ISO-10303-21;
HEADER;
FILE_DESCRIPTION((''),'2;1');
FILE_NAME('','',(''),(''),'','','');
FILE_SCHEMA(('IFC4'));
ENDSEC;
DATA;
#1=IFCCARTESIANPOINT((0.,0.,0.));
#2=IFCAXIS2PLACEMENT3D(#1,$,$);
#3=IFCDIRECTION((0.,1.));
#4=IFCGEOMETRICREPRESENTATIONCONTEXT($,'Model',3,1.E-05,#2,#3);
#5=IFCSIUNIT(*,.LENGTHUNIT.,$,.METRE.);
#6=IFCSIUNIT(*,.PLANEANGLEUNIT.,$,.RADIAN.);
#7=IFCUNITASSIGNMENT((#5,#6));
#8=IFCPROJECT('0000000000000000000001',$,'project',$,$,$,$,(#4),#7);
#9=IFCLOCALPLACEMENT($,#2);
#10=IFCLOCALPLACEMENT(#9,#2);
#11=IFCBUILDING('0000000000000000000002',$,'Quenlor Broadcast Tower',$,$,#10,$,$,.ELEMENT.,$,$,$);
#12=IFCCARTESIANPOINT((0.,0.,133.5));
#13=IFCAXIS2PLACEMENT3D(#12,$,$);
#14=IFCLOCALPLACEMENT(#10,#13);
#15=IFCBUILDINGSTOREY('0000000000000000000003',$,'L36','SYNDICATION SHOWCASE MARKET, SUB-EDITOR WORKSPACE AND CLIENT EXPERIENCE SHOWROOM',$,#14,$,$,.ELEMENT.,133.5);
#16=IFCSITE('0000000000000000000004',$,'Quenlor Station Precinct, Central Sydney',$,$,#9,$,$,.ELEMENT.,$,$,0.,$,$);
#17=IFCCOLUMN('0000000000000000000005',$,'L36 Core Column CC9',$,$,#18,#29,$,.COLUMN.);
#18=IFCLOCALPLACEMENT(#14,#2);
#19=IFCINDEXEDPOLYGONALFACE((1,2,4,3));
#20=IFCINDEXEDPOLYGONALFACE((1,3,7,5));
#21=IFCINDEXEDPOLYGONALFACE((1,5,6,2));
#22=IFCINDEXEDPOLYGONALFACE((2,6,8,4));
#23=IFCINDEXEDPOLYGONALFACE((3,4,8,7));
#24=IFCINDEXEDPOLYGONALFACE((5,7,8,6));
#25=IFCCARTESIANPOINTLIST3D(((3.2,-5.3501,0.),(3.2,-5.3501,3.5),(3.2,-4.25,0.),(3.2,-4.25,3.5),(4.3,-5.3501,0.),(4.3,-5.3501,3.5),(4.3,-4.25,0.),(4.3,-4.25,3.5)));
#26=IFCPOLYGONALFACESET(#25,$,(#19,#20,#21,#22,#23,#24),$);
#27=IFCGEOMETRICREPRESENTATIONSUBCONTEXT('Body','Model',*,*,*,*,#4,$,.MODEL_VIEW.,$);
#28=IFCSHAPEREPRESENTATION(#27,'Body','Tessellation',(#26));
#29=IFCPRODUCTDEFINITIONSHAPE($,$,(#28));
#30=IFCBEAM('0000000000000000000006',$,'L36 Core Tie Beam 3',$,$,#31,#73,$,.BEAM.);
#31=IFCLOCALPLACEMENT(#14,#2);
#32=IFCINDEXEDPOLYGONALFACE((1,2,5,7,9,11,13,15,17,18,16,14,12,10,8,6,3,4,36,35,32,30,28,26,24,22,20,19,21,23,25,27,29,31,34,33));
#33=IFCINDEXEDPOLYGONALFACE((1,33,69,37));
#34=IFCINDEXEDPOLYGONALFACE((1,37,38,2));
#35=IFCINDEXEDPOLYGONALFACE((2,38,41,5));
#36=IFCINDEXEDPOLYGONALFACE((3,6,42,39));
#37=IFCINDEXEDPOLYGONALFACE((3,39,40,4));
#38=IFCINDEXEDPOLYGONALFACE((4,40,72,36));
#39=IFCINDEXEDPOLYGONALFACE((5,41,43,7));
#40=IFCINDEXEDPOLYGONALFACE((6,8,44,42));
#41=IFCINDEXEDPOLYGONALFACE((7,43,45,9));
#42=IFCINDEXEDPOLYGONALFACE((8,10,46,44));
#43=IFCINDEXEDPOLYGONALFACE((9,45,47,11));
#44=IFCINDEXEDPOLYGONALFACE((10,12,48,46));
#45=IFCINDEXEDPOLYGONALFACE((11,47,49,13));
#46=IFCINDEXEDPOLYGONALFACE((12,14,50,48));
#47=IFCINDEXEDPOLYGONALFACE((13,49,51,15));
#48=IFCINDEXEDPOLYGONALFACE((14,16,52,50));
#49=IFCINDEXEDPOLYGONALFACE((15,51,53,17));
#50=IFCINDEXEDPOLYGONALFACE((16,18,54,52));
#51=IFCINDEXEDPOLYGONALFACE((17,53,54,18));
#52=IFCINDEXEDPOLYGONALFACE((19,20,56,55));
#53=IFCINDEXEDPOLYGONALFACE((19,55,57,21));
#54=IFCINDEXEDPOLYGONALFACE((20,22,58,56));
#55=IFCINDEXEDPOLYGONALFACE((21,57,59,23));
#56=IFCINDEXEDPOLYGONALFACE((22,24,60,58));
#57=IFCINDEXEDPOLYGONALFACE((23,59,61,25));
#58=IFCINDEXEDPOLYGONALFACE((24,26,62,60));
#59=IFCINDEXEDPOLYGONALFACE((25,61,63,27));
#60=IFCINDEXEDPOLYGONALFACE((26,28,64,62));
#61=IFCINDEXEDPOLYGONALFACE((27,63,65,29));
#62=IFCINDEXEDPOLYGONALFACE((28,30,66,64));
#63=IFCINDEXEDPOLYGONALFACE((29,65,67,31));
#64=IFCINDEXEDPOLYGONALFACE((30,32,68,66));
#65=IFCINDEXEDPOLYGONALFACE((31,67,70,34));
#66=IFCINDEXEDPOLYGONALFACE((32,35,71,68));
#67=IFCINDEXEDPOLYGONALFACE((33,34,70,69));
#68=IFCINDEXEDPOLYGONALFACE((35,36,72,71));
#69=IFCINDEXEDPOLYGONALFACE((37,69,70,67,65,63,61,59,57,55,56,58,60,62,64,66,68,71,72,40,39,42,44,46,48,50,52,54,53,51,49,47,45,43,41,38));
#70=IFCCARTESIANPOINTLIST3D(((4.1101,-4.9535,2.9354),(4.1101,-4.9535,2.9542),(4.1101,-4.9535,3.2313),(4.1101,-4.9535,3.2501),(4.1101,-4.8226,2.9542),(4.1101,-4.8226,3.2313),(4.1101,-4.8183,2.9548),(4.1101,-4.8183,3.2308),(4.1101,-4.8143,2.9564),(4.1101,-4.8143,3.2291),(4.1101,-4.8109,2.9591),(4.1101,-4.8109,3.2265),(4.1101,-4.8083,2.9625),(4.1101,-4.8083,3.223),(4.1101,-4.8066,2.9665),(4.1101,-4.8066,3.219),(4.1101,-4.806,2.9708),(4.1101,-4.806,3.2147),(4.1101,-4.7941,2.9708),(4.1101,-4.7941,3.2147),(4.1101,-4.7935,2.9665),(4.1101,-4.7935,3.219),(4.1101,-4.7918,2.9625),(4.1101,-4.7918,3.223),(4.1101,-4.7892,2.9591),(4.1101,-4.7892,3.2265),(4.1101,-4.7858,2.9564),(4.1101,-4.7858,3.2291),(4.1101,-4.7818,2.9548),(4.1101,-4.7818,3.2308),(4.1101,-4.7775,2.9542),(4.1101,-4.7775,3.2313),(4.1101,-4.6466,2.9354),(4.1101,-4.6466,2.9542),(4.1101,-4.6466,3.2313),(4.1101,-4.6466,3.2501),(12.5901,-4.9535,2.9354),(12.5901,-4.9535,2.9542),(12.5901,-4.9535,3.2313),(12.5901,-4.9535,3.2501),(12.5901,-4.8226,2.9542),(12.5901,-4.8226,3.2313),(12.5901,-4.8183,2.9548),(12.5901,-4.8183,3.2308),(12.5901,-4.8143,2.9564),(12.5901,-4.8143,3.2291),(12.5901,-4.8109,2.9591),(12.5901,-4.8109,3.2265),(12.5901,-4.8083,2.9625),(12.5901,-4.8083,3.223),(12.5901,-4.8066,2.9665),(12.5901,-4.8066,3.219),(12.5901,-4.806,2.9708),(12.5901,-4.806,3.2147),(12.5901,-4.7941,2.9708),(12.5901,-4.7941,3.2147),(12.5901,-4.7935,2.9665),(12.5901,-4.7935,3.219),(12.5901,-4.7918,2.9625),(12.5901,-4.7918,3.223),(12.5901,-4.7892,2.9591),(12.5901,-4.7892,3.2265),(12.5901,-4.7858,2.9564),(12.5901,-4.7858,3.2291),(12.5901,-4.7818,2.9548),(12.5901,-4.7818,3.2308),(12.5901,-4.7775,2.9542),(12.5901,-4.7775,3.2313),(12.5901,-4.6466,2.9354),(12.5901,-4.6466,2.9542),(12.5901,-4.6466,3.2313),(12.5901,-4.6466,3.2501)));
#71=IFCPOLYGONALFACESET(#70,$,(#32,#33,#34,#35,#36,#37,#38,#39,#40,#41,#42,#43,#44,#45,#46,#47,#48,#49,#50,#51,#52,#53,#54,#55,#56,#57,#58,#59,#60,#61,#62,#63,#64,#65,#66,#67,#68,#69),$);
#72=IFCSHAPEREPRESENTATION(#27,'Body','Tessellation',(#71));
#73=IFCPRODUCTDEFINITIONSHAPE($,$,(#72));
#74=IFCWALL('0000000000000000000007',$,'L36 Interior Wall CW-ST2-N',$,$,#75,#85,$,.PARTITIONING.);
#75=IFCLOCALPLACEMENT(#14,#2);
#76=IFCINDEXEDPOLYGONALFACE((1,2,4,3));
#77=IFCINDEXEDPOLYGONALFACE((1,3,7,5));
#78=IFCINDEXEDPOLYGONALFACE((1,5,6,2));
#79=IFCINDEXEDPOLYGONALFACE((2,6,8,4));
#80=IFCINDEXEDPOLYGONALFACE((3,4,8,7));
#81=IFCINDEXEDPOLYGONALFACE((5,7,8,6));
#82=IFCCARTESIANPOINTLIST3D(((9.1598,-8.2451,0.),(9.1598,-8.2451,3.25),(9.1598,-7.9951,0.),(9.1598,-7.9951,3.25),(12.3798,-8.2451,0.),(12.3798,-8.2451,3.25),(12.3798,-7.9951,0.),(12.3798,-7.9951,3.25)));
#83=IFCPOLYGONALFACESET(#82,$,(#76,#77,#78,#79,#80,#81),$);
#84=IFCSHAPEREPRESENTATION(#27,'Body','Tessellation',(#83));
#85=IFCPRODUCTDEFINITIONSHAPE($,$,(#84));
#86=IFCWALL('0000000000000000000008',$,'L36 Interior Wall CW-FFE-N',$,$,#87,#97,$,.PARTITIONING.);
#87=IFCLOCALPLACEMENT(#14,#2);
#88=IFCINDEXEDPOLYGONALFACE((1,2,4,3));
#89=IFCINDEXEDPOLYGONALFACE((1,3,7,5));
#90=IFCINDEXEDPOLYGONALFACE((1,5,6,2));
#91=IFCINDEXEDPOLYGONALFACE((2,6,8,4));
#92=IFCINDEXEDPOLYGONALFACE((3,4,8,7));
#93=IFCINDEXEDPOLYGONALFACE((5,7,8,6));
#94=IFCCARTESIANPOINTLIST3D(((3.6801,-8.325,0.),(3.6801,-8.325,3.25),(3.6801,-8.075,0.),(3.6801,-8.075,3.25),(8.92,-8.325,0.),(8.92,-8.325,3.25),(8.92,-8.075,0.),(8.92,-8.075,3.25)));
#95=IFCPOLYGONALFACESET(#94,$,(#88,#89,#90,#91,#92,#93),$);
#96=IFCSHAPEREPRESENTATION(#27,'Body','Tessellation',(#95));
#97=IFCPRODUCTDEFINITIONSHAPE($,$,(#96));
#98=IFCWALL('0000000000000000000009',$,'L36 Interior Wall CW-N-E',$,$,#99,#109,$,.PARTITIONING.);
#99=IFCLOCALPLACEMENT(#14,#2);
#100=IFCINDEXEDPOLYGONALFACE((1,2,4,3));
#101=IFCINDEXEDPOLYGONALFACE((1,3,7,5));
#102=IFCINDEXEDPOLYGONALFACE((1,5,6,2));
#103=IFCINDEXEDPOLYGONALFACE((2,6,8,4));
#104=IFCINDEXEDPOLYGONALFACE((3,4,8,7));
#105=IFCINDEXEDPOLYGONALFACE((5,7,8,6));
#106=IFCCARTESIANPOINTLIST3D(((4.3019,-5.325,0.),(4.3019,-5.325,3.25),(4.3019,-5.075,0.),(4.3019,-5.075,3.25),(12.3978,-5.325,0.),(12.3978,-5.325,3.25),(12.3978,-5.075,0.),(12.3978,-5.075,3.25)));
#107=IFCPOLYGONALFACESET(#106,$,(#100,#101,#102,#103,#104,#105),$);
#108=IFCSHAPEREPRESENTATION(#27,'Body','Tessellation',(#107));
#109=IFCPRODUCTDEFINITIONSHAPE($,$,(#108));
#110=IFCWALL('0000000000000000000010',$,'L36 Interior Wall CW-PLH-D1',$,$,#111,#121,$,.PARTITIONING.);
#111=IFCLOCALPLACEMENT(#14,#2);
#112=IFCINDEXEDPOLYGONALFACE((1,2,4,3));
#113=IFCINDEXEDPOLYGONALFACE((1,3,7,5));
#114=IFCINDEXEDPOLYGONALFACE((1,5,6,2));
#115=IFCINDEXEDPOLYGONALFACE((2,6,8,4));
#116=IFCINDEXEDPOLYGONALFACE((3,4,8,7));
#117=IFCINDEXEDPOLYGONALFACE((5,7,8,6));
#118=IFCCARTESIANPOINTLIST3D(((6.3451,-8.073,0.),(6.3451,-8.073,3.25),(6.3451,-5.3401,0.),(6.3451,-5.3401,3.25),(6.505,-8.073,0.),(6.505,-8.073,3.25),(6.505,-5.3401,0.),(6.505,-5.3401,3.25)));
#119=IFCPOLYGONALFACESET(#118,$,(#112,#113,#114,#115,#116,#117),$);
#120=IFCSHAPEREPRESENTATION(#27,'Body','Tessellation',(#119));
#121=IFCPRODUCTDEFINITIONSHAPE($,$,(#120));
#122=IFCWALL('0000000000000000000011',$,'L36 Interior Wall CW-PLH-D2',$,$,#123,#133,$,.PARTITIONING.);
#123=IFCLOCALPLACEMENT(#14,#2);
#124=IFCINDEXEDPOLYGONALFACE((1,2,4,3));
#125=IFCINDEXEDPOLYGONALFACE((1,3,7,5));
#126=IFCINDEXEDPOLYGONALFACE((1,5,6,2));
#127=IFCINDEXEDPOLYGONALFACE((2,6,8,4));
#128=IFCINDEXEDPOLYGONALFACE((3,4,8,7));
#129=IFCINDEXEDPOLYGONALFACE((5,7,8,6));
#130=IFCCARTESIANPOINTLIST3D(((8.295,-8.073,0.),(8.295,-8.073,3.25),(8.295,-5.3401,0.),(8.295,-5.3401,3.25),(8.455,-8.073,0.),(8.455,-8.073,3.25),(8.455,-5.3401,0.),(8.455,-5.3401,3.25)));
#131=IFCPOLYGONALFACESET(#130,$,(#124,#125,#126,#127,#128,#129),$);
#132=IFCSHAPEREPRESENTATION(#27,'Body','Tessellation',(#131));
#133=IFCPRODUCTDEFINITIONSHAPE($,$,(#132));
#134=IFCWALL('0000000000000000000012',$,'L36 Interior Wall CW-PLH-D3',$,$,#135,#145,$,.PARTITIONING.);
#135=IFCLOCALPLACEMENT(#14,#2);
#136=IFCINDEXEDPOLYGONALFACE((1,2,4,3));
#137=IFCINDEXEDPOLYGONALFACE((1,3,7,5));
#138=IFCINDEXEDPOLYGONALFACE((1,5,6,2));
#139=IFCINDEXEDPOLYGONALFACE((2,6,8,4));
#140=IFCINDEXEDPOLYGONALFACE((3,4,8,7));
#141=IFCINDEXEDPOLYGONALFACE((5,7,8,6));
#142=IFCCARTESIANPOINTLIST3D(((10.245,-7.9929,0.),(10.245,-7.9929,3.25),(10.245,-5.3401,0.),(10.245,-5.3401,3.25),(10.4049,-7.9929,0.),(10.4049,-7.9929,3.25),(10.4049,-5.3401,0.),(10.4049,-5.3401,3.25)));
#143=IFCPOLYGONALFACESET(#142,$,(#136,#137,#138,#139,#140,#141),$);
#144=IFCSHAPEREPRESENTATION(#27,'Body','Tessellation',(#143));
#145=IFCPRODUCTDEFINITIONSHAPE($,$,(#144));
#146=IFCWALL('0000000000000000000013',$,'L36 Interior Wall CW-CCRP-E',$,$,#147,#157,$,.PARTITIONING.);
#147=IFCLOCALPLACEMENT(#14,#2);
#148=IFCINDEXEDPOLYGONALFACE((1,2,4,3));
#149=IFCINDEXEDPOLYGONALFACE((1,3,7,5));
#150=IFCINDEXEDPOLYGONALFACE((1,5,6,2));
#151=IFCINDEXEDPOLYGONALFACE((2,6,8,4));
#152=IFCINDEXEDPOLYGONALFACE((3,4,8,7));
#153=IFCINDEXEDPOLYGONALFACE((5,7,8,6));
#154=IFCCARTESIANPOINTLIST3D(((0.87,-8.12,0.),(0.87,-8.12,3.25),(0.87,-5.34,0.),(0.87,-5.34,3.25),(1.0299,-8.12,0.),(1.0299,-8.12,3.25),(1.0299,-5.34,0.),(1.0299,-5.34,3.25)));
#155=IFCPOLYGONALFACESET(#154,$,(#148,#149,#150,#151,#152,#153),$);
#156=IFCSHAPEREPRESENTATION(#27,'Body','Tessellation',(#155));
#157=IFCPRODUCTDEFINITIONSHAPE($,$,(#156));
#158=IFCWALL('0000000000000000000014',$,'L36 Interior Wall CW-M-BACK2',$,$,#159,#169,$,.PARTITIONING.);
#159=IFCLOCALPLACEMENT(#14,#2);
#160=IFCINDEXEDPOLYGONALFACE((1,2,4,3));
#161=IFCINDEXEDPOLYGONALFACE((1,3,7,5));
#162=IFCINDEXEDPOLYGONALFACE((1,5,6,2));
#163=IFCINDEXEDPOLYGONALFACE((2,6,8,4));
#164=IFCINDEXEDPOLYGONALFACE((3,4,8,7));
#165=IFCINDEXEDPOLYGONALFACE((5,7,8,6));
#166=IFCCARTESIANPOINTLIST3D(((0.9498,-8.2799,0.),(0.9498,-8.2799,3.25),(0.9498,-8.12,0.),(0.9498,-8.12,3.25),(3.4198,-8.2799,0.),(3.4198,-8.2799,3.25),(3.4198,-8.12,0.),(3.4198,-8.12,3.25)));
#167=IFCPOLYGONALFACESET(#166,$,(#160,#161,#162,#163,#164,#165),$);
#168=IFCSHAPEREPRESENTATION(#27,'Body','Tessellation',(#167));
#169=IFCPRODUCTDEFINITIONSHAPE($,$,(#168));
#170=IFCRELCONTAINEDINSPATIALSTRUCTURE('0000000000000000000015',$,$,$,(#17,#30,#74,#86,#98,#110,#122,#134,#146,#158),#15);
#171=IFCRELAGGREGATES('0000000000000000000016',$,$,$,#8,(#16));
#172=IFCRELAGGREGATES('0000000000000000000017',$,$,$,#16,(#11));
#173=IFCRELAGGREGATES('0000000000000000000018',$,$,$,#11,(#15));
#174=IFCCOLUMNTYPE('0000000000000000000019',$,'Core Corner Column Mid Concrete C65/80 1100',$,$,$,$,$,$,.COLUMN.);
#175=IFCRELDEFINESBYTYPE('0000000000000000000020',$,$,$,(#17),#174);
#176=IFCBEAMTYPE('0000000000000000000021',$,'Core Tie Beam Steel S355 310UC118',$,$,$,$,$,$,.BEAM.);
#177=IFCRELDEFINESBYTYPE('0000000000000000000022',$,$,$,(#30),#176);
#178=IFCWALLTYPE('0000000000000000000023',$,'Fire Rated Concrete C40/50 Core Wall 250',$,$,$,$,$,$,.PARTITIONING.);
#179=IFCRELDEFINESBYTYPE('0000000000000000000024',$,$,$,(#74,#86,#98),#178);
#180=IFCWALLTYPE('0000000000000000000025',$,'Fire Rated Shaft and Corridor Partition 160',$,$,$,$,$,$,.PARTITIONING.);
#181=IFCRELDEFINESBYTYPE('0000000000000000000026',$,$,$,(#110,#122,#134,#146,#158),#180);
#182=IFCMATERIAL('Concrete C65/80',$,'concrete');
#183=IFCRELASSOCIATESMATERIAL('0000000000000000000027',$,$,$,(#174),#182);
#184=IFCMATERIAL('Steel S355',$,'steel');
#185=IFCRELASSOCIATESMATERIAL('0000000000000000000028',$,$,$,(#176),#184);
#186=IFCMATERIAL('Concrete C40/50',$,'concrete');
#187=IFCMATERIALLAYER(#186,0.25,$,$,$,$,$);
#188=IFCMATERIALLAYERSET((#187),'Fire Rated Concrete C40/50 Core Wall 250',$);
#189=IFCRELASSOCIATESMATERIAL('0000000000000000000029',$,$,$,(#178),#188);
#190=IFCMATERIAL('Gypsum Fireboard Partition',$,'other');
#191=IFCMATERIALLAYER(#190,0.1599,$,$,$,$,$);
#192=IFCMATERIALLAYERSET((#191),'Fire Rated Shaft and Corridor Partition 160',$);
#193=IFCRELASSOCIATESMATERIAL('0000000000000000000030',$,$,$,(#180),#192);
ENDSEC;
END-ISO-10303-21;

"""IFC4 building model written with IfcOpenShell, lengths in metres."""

from ifc_helpers import new_model, si_unit, direction, frame, frame_2d, origin, origin_2d, place, context, subcontext, project, spatial, rectangle, i_section, extrude, material, layer, layer_set, material_profile, profile_set, type_object, element, save


model = new_model("IFC4")

# Units and contexts
model_context = context("Model", 3, precision=1e-05, world=origin(), true_north=direction((0.0, 1.0)))
body_context = subcontext(model_context, "Body", "Model", "MODEL_VIEW")
ifc_project = project(units=[si_unit("LENGTHUNIT", "METRE"), si_unit("PLANEANGLEUNIT", "RADIAN")], contexts=[model_context])

# Site, building, storey
site_placement = place(None, origin())
site = spatial("IfcSite", under=ifc_project, at=site_placement, Name="Quenlor Station Precinct, Central Sydney", CompositionType="ELEMENT", RefElevation=0.0)
building_placement = place(site_placement, origin())
building = spatial("IfcBuilding", under=site, at=building_placement, Name="Quenlor Broadcast Tower", CompositionType="ELEMENT")
storey_placement = place(building_placement, frame((0.0, 0.0, 133.5)))
storey = spatial("IfcBuildingStorey", under=building, at=storey_placement, Name="L36", Description="SYNDICATION SHOWCASE MARKET, SUB-EDITOR WORKSPACE AND CLIENT EXPERIENCE SHOWROOM", CompositionType="ELEMENT", Elevation=133.5)

# Column
ifc_material_1 = material(Name="Concrete C65/80", Category="concrete")
ifc_material_profile_1 = material_profile(ifc_material_1, rectangle(XDim=1.1001, YDim=1.1001, at=origin_2d()))
ifc_profile_set_1 = profile_set([ifc_material_profile_1], Name="Concrete C65/80 RC1100x1100")
column_type = type_object("IfcColumnType", Name="Core Corner Column Mid Concrete C65/80 1100", PredefinedType="COLUMN", material=ifc_profile_set_1)
column_placement = place(storey_placement, frame((3.75, -4.8, 0.0), z_axis=(0.0, 0.0, 1.0), x_axis=(1.0, 0.0, 0.0)))
element("IfcColumn", 1, at=column_placement, inside=storey, type_object=column_type, Name="L36 Core Column CC9", PredefinedType="COLUMN", context=body_context, shape_type="SweptSolid", body=[
    extrude(rectangle(XDim=1.1001, YDim=1.1001, at=origin_2d()), origin(), (0.0, 0.0, 1.0), 3.5),
])

# Beam
ifc_material_2 = material(Name="Steel S355", Category="steel")
ifc_material_profile_2 = material_profile(ifc_material_2, i_section(OverallWidth=0.3069, OverallDepth=0.3147, WebThickness=0.012, FlangeThickness=0.0188, FilletRadius=0.0166, at=origin_2d()))
ifc_profile_set_2 = profile_set([ifc_material_profile_2], Name="Steel S355 310UC118")
beam_type = type_object("IfcBeamType", Name="Core Tie Beam Steel S355 310UC118", PredefinedType="BEAM", material=ifc_profile_set_2)
beam_placement = place(storey_placement, frame((4.1101, -4.8, 3.0928), z_axis=(1.0, 0.0, 0.0), x_axis=(0.0, 1.0, 0.0)))
element("IfcBeam", 2, at=beam_placement, inside=storey, type_object=beam_type, Name="L36 Core Tie Beam 3", PredefinedType="BEAM", context=body_context, shape_type="SweptSolid", body=[
    extrude(i_section(OverallWidth=0.3069, OverallDepth=0.3147, WebThickness=0.012, FlangeThickness=0.0188, FilletRadius=0.0166, at=origin_2d()), origin(), (0.0, 0.0, 1.0), 8.48),
])

# Shared definitions
ifc_material_3 = material(Name="Concrete C40/50", Category="concrete")
ifc_layer_1 = layer(ifc_material_3, 0.25)
ifc_layer_set_1 = layer_set([ifc_layer_1], Name="Fire Rated Concrete C40/50 Core Wall 250")
wall_type_1 = type_object("IfcWallType", Name="Fire Rated Concrete C40/50 Core Wall 250", PredefinedType="PARTITIONING", material=ifc_layer_set_1)

# Walls
wall_1_placement = place(storey_placement, frame((9.1599, -8.1201, 0.0), z_axis=(0.0, 0.0, 1.0), x_axis=(1.0, 0.0, 0.0)))
element("IfcWall", 3, at=wall_1_placement, inside=storey, type_object=wall_type_1, Name="L36 Interior Wall CW-ST2-N", PredefinedType="PARTITIONING", context=body_context, shape_type="SweptSolid", body=[
    extrude(rectangle(XDim=3.22, YDim=0.25, at=frame_2d((1.6099, 0.0))), origin(), (0.0, 0.0, 1.0), 3.25),
])
wall_2_placement = place(storey_placement, frame((3.6799, -8.2, 0.0), z_axis=(0.0, 0.0, 1.0), x_axis=(1.0, 0.0, 0.0)))
element("IfcWall", 4, at=wall_2_placement, inside=storey, type_object=wall_type_1, Name="L36 Interior Wall CW-FFE-N", PredefinedType="PARTITIONING", context=body_context, shape_type="SweptSolid", body=[
    extrude(rectangle(XDim=5.24, YDim=0.25, at=frame_2d((2.6201, 0.0))), origin(), (0.0, 0.0, 1.0), 3.25),
])
wall_3_placement = place(storey_placement, frame((4.302, -5.2, 0.0), z_axis=(0.0, 0.0, 1.0), x_axis=(1.0, 0.0, 0.0)))
element("IfcWall", 5, at=wall_3_placement, inside=storey, type_object=wall_type_1, Name="L36 Interior Wall CW-N-E", PredefinedType="PARTITIONING", context=body_context, shape_type="SweptSolid", body=[
    extrude(rectangle(XDim=8.0959, YDim=0.25, at=frame_2d((4.0479, 0.0))), origin(), (0.0, 0.0, 1.0), 3.25),
])

# Walls
ifc_material_4 = material(Name="Gypsum Fireboard Partition", Category="other")
ifc_layer_2 = layer(ifc_material_4, 0.1599)
ifc_layer_set_2 = layer_set([ifc_layer_2], Name="Fire Rated Shaft and Corridor Partition 160")
wall_type_2 = type_object("IfcWallType", Name="Fire Rated Shaft and Corridor Partition 160", PredefinedType="PARTITIONING", material=ifc_layer_set_2)
for number, where, z_axis, x_axis, name in (
    (6, (6.425, -8.073, 0.0), (0.0, 0.0, 1.0), (0.0, 1.0, 0.0), "L36 Interior Wall CW-PLH-D1"),
    (7, (8.375, -8.073, 0.0), (0.0, 0.0, 1.0), (0.0, 1.0, 0.0), "L36 Interior Wall CW-PLH-D2"),
):
    element("IfcWall", number, at=place(storey_placement, frame(where, z_axis=z_axis, x_axis=x_axis)), inside=storey, type_object=wall_type_2, Name=name, PredefinedType="PARTITIONING", context=body_context, shape_type="SweptSolid", body=[
        extrude(rectangle(XDim=2.7329, YDim=0.1599, at=frame_2d((1.3665, 0.0))), origin(), (0.0, 0.0, 1.0), 3.25),
    ])
wall_4_placement = place(storey_placement, frame((10.325, -7.9929, 0.0), z_axis=(0.0, 0.0, 1.0), x_axis=(0.0, 1.0, 0.0)))
element("IfcWall", 8, at=wall_4_placement, inside=storey, type_object=wall_type_2, Name="L36 Interior Wall CW-PLH-D3", PredefinedType="PARTITIONING", context=body_context, shape_type="SweptSolid", body=[
    extrude(rectangle(XDim=2.6528, YDim=0.1599, at=frame_2d((1.3264, 0.0))), origin(), (0.0, 0.0, 1.0), 3.25),
])
wall_5_placement = place(storey_placement, frame((0.95, -8.1201, 0.0), z_axis=(0.0, 0.0, 1.0), x_axis=(0.0, 1.0, 0.0)))
element("IfcWall", 9, at=wall_5_placement, inside=storey, type_object=wall_type_2, Name="L36 Interior Wall CW-CCRP-E", PredefinedType="PARTITIONING", context=body_context, shape_type="SweptSolid", body=[
    extrude(rectangle(XDim=2.78, YDim=0.1599, at=frame_2d((1.3901, 0.0))), origin(), (0.0, 0.0, 1.0), 3.25),
])
wall_6_placement = place(storey_placement, frame((0.95, -8.2, 0.0), z_axis=(0.0, 0.0, 1.0), x_axis=(1.0, 0.0, 0.0)))
element("IfcWall", 10, at=wall_6_placement, inside=storey, type_object=wall_type_2, Name="L36 Interior Wall CW-M-BACK2", PredefinedType="PARTITIONING", context=body_context, shape_type="SweptSolid", body=[
    extrude(rectangle(XDim=2.47, YDim=0.1599, at=frame_2d((1.2349, 0.0))), origin(), (0.0, 0.0, 1.0), 3.25),
])

save(model, "model.ifc")
